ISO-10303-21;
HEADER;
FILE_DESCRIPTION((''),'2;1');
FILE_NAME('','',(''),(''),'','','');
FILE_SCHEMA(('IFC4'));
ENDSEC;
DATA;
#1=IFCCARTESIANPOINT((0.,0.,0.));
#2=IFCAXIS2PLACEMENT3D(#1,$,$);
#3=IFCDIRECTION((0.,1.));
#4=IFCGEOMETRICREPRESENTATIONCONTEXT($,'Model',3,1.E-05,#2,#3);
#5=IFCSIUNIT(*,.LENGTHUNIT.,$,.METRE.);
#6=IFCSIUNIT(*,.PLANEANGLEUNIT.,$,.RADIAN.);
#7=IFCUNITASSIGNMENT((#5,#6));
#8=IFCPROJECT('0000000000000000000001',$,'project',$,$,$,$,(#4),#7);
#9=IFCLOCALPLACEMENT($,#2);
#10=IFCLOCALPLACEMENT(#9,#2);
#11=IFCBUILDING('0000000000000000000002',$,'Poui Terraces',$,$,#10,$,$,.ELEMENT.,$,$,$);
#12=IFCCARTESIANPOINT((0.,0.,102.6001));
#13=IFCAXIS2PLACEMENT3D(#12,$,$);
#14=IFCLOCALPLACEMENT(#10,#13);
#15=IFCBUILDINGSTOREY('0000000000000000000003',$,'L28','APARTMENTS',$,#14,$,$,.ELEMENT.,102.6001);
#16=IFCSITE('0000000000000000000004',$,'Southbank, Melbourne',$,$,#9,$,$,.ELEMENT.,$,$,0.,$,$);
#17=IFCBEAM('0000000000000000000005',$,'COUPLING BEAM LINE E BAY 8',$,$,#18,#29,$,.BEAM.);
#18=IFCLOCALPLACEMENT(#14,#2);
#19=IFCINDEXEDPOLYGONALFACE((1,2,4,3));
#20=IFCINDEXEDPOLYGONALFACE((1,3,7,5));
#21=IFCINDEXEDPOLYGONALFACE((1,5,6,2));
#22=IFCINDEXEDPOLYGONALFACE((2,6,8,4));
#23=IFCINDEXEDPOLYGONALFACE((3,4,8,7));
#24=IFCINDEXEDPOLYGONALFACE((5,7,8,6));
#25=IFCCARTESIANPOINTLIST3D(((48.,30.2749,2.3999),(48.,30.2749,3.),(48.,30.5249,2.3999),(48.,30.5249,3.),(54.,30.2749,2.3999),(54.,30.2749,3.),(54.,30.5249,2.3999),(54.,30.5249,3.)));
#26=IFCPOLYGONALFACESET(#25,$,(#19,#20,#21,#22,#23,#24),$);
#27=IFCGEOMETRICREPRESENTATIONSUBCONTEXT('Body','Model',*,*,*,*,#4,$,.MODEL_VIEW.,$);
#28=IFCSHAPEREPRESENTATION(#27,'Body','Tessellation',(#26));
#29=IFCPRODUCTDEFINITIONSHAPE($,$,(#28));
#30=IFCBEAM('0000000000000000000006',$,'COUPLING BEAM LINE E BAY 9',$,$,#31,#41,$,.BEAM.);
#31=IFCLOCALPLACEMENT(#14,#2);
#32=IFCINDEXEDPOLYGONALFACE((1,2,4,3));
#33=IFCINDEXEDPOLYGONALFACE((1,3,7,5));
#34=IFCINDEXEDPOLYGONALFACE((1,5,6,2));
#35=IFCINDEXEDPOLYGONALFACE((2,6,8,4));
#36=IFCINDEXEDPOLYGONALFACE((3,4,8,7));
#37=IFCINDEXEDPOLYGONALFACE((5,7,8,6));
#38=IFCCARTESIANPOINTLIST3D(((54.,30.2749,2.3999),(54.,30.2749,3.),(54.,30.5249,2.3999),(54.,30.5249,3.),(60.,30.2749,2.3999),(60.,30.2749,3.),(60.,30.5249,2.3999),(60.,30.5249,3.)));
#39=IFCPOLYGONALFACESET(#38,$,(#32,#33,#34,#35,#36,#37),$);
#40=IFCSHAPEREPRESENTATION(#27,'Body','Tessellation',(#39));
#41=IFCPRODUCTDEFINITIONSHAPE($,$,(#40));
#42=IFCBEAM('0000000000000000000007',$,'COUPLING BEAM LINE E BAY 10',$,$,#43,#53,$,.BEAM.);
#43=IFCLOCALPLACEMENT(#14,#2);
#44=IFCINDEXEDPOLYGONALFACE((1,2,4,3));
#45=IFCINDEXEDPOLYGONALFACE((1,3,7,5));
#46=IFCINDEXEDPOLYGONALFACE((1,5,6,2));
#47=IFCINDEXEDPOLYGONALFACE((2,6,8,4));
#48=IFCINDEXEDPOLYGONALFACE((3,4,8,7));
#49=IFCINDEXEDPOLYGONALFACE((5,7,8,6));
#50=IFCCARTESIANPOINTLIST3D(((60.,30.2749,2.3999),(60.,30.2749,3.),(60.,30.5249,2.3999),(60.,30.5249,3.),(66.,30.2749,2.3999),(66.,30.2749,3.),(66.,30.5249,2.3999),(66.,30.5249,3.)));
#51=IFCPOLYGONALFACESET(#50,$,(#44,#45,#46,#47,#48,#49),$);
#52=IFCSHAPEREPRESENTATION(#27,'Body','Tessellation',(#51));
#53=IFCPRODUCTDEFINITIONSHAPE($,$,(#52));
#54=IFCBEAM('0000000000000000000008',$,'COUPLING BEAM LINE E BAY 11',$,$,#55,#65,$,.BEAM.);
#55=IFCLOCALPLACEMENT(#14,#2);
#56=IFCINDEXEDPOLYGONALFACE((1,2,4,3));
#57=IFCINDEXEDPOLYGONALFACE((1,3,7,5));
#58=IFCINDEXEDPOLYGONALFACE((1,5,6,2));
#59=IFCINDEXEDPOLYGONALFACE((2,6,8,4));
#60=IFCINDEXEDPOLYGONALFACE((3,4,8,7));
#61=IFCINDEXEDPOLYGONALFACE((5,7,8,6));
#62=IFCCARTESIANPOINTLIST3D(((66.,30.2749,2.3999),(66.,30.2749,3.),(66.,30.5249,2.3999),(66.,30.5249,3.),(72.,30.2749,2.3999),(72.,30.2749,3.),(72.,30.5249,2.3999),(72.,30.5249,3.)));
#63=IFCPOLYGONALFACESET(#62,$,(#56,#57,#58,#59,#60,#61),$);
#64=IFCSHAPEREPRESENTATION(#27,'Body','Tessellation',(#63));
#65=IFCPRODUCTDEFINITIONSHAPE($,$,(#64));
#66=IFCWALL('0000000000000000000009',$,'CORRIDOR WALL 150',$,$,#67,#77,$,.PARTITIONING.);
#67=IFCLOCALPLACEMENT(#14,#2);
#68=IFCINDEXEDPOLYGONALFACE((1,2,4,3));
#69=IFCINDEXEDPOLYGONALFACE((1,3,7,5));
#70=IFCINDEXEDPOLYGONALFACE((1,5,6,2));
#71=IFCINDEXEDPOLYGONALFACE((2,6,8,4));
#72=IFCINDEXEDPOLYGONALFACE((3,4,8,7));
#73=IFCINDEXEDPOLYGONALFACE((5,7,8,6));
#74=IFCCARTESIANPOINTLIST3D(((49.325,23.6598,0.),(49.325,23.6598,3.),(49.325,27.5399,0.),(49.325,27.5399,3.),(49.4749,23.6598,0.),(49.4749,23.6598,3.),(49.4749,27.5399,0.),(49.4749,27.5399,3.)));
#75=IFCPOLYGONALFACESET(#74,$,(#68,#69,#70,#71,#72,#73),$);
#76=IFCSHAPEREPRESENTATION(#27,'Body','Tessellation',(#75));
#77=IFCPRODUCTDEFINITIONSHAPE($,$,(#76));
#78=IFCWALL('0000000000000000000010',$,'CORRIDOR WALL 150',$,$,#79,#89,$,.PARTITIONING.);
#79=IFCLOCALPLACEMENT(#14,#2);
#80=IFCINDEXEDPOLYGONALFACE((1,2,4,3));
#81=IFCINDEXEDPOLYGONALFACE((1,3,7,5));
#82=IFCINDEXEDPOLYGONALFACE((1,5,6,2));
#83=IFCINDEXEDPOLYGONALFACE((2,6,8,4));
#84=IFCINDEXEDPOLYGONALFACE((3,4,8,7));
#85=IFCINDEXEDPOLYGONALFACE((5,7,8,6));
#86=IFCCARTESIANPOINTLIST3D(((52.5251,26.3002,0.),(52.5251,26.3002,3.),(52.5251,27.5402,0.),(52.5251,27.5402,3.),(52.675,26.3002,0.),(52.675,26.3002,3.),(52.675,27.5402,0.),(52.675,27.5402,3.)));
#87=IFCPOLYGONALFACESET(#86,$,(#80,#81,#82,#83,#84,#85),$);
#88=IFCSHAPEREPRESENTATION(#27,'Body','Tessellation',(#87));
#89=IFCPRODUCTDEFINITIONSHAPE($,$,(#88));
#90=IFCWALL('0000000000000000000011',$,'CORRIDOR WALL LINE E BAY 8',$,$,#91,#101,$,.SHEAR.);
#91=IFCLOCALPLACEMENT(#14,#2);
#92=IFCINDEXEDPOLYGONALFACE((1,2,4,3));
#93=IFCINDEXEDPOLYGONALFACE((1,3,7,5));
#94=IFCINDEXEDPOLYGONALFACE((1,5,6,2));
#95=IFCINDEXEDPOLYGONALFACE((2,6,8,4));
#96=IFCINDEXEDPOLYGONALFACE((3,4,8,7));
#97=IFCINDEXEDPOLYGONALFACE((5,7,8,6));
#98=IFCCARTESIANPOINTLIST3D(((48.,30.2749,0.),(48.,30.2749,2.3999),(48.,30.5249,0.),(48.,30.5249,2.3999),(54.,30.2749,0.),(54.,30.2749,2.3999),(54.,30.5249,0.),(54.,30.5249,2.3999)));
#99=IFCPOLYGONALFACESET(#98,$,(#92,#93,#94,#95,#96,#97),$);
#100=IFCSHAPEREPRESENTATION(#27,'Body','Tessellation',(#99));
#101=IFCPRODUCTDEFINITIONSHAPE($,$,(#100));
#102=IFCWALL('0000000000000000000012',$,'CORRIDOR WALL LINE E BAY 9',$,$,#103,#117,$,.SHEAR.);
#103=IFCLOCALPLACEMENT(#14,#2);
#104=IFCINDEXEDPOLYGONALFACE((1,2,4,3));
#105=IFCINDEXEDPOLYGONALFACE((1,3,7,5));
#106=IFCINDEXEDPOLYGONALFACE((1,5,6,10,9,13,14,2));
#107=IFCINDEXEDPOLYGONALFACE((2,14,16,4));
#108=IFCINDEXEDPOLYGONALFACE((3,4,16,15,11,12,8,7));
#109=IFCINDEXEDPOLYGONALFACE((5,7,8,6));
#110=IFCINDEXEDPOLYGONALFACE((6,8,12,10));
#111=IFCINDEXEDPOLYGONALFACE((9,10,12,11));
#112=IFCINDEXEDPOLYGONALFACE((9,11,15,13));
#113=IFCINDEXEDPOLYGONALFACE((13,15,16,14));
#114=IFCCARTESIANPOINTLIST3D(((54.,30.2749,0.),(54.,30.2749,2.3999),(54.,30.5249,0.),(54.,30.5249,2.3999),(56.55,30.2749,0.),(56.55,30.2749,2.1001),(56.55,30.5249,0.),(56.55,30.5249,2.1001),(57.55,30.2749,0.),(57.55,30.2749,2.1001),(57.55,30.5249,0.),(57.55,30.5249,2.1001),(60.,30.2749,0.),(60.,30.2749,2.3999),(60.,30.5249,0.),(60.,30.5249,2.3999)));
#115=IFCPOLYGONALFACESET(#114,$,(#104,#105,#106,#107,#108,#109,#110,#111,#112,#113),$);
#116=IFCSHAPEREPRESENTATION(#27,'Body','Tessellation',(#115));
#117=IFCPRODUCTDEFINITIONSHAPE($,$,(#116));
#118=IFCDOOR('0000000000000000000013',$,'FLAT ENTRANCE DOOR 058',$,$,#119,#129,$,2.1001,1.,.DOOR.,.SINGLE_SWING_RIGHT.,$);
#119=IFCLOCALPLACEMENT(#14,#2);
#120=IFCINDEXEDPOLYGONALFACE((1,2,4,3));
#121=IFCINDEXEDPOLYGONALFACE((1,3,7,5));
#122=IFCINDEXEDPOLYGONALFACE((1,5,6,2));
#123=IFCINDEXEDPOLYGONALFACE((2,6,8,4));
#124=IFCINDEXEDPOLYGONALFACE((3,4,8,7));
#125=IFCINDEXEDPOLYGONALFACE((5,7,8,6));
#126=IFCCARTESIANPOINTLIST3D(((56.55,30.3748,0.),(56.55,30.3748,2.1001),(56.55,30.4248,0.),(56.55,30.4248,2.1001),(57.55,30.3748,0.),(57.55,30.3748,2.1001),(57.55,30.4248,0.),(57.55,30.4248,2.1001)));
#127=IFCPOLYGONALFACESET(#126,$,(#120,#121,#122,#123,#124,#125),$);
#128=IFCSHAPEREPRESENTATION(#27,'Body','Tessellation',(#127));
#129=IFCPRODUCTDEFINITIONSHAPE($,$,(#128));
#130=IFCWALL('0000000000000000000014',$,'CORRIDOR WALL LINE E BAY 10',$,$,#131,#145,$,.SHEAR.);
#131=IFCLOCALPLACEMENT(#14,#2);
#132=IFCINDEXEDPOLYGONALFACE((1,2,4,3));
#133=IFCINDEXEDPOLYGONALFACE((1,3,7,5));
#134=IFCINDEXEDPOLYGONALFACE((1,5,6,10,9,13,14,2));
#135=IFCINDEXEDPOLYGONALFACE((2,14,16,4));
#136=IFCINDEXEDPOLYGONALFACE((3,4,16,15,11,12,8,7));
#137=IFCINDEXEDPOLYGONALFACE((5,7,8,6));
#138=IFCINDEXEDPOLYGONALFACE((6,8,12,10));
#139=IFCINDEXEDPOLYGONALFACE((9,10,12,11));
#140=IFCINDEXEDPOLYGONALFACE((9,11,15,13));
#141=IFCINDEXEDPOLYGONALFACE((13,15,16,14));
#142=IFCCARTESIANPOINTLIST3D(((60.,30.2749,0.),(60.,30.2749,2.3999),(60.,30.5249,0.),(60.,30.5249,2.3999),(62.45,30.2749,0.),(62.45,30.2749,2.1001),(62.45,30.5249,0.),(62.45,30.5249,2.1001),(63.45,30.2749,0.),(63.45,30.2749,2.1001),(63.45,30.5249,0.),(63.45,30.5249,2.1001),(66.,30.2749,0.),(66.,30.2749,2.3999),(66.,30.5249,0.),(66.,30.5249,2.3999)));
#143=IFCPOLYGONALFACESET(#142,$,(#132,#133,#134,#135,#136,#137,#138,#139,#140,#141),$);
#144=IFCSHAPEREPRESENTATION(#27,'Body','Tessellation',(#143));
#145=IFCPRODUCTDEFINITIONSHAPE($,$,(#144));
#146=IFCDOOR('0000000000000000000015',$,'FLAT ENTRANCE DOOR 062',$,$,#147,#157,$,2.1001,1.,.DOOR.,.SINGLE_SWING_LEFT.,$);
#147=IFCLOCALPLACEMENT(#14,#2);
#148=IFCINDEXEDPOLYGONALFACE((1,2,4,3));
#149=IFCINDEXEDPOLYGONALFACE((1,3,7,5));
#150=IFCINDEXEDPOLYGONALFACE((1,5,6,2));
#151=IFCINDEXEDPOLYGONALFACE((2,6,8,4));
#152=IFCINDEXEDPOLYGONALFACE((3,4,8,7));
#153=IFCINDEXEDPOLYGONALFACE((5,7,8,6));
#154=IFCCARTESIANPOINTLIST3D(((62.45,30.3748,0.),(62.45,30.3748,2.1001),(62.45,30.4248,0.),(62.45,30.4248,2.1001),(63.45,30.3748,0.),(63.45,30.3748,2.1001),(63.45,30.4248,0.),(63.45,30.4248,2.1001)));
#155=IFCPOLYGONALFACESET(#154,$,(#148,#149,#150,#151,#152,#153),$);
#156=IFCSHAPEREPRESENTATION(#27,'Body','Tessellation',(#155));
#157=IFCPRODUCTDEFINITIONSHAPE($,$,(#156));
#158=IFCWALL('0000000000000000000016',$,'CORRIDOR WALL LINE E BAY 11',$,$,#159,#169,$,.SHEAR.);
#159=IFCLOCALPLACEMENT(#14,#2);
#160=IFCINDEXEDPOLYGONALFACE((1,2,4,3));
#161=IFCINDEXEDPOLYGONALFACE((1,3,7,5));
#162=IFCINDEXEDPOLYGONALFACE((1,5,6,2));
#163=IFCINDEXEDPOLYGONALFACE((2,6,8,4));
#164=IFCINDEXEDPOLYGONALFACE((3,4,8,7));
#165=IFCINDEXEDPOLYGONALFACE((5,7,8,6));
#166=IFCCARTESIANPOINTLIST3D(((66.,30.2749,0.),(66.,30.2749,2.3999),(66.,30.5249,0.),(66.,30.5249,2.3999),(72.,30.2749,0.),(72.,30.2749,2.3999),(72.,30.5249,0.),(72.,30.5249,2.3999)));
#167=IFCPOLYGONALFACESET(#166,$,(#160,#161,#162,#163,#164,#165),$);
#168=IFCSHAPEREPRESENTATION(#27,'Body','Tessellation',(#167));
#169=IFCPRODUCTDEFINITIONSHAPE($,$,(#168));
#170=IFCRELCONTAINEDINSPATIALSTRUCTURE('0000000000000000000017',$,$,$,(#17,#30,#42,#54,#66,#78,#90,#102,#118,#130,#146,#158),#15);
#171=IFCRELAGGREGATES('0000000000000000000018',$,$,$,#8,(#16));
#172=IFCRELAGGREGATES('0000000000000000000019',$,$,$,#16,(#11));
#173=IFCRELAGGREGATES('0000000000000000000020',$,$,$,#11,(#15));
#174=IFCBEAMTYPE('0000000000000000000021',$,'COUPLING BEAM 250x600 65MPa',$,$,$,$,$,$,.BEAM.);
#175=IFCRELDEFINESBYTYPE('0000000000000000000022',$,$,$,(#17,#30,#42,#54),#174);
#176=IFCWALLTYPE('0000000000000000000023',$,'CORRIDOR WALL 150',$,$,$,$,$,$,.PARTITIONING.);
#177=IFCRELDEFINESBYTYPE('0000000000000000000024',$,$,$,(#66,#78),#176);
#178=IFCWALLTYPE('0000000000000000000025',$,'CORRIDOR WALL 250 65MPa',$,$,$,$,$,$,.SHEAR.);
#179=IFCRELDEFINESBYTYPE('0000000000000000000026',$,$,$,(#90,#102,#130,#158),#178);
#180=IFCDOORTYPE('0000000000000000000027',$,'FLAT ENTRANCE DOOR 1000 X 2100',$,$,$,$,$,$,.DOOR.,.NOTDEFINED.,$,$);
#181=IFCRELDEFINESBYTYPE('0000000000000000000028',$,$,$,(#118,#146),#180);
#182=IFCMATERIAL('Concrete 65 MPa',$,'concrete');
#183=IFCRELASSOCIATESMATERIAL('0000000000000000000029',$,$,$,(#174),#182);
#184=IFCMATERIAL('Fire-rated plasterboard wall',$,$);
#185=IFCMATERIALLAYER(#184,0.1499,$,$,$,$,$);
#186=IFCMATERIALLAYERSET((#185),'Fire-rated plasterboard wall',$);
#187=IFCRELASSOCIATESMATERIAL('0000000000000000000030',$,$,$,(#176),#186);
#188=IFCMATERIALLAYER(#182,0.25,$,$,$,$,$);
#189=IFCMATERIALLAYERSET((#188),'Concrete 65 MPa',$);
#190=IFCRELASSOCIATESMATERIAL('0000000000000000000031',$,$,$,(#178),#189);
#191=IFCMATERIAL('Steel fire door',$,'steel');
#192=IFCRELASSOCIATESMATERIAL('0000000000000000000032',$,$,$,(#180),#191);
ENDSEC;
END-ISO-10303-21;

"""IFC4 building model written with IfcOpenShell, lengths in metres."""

from ifc_helpers import new_model, si_unit, direction, frame, frame_2d, origin, origin_2d, place, context, subcontext, project, spatial, rectangle, extrude, source, transform, mapped, material, layer, layer_set, material_profile, profile_set, type_object, element, fill, save


model = new_model("IFC4")

# Units and contexts
model_context = context("Model", 3, precision=1e-05, world=origin(), true_north=direction((0.0, 1.0)))
body_context = subcontext(model_context, "Body", "Model", "MODEL_VIEW")
ifc_project = project(units=[si_unit("LENGTHUNIT", "METRE"), si_unit("PLANEANGLEUNIT", "RADIAN")], contexts=[model_context])

# Site, building, storey
site_placement = place(None, origin())
site = spatial("IfcSite", under=ifc_project, at=site_placement, Name="Southbank, Melbourne", CompositionType="ELEMENT", RefElevation=0.0)
building_placement = place(site_placement, origin())
building = spatial("IfcBuilding", under=site, at=building_placement, Name="Poui Terraces", CompositionType="ELEMENT")
storey_placement = place(building_placement, frame((0.0, 0.0, 102.6001)))
storey = spatial("IfcBuildingStorey", under=building, at=storey_placement, Name="L28", Description="APARTMENTS", CompositionType="ELEMENT", Elevation=102.6001)

# Beams
ifc_material_1 = material(Name="Concrete 65 MPa", Category="concrete")
ifc_material_profile = material_profile(ifc_material_1, rectangle(XDim=0.25, YDim=0.6001, at=origin_2d()), Name="RC 250x600")
ifc_profile_set = profile_set([ifc_material_profile], Name="Concrete 65 MPa")
beam_type = type_object("IfcBeamType", Name="COUPLING BEAM 250x600 65MPa", PredefinedType="BEAM", material=ifc_profile_set)
shared_shape = source(origin(), body_context, "Body", "SweptSolid", [
    extrude(rectangle(XDim=0.25, YDim=0.6001, at=origin_2d()), origin(), (0.0, 0.0, 1.0), 6.0),
])
for number, where, z_axis, x_axis, name in (
    (1, (48.0, 30.3999, 2.7), (1.0, 0.0, 0.0), (0.0, 1.0, 0.0), "COUPLING BEAM LINE E BAY 8"),
    (2, (54.0, 30.3999, 2.7), (1.0, 0.0, 0.0), (0.0, 1.0, 0.0), "COUPLING BEAM LINE E BAY 9"),
    (3, (60.0, 30.3999, 2.7), (1.0, 0.0, 0.0), (0.0, 1.0, 0.0), "COUPLING BEAM LINE E BAY 10"),
    (4, (66.0, 30.3999, 2.7), (1.0, 0.0, 0.0), (0.0, 1.0, 0.0), "COUPLING BEAM LINE E BAY 11"),
):
    element("IfcBeam", number, at=place(storey_placement, frame(where, z_axis=z_axis, x_axis=x_axis)), inside=storey, type_object=beam_type, Name=name, PredefinedType="BEAM", context=body_context, shape_type="MappedRepresentation", body=[
        mapped(shared_shape, transform((0.0, 0.0, 0.0))),
    ])

# Walls
ifc_material_2 = material(Name="Fire-rated plasterboard wall")
ifc_layer_1 = layer(ifc_material_2, 0.1499)
ifc_layer_set_1 = layer_set([ifc_layer_1], Name="Fire-rated plasterboard wall")
wall_type_1 = type_object("IfcWallType", Name="CORRIDOR WALL 150", PredefinedType="PARTITIONING", material=ifc_layer_set_1)
wall_1_placement = place(storey_placement, frame((49.3999, 23.6599, 0.0), z_axis=(0.0, 0.0, 1.0), x_axis=(0.0, 1.0, 0.0)))
element("IfcWall", 5, at=wall_1_placement, inside=storey, type_object=wall_type_1, Name="CORRIDOR WALL 150", PredefinedType="PARTITIONING", context=body_context, shape_type="SweptSolid", body=[
    extrude(rectangle(XDim=3.8801, YDim=0.1499, at=frame_2d((1.9399, 0.0))), origin(), (0.0, 0.0, 1.0), 3.0),
])
wall_2_placement = place(storey_placement, frame((52.6001, 26.3, 0.0), z_axis=(0.0, 0.0, 1.0), x_axis=(0.0, 1.0, 0.0)))
element("IfcWall", 6, at=wall_2_placement, inside=storey, type_object=wall_type_1, Name="CORRIDOR WALL 150", PredefinedType="PARTITIONING", context=body_context, shape_type="SweptSolid", body=[
    extrude(rectangle(XDim=1.24, YDim=0.1499, at=frame_2d((0.6201, 0.0))), origin(), (0.0, 0.0, 1.0), 3.0),
])
ifc_layer_2 = layer(ifc_material_1, 0.25)
ifc_layer_set_2 = layer_set([ifc_layer_2], Name="Concrete 65 MPa")
wall_type_2 = type_object("IfcWallType", Name="CORRIDOR WALL 250 65MPa", PredefinedType="SHEAR", material=ifc_layer_set_2)
wall_3_placement = place(storey_placement, frame((48.0, 30.3999, 0.0), z_axis=(0.0, 0.0, 1.0), x_axis=(1.0, 0.0, 0.0)))
element("IfcWall", 7, at=wall_3_placement, inside=storey, type_object=wall_type_2, Name="CORRIDOR WALL LINE E BAY 8", PredefinedType="SHEAR", context=body_context, shape_type="SweptSolid", body=[
    extrude(rectangle(XDim=6.0, YDim=0.25, at=frame_2d((3.0, 0.0))), origin(), (0.0, 0.0, 1.0), 2.3999),
])

# Walls, openings, doors
wall_4_placement = place(storey_placement, frame((54.0, 30.3999, 0.0), z_axis=(0.0, 0.0, 1.0), x_axis=(1.0, 0.0, 0.0)))
wall_4 = element("IfcWall", 8, at=wall_4_placement, inside=storey, type_object=wall_type_2, Name="CORRIDOR WALL LINE E BAY 9", PredefinedType="SHEAR", context=body_context, shape_type="SweptSolid", body=[
    extrude(rectangle(XDim=6.0, YDim=0.25, at=frame_2d((3.0, 0.0))), origin(), (0.0, 0.0, 1.0), 2.3999),
])
opening_1_placement = place(wall_4_placement, frame((2.55, 0.0, 0.0)))
opening_1 = element("IfcOpeningElement", 9, at=opening_1_placement, cuts=wall_4, PredefinedType="OPENING", context=body_context, shape_type="SweptSolid", body=[
    extrude(rectangle(XDim=1.0, YDim=2.1001, at=frame_2d((0.5, 1.05))), frame((0.0, 0.135, 0.0), z_axis=(0.0, -1.0, 0.0), x_axis=(1.0, 0.0, 0.0)), (0.0, 0.0, 1.0), 0.27),
])
ifc_material_3 = material(Name="Steel fire door", Category="steel")
door_type_1 = type_object("IfcDoorType", Name="FLAT ENTRANCE DOOR 1000 X 2100", OperationType="NOTDEFINED", PredefinedType="DOOR", material=ifc_material_3)
door_1_placement = place(opening_1_placement, origin())
door_1 = element("IfcDoor", 10, at=door_1_placement, inside=storey, type_object=door_type_1, Name="FLAT ENTRANCE DOOR 058", OperationType="SINGLE_SWING_RIGHT", OverallHeight=2.1001, OverallWidth=1.0, PredefinedType="DOOR", context=body_context, shape_type="SweptSolid", body=[
    extrude(rectangle(XDim=1.0, YDim=2.1001, at=frame_2d((0.5, 1.05))), frame((0.0, 0.0249, 0.0), z_axis=(0.0, -1.0, 0.0), x_axis=(1.0, 0.0, 0.0)), (0.0, 0.0, 1.0), 0.05),
])
fill(opening_1, door_1)
wall_5_placement = place(storey_placement, frame((60.0, 30.3999, 0.0), z_axis=(0.0, 0.0, 1.0), x_axis=(1.0, 0.0, 0.0)))
wall_5 = element("IfcWall", 11, at=wall_5_placement, inside=storey, type_object=wall_type_2, Name="CORRIDOR WALL LINE E BAY 10", PredefinedType="SHEAR", context=body_context, shape_type="SweptSolid", body=[
    extrude(rectangle(XDim=6.0, YDim=0.25, at=frame_2d((3.0, 0.0))), origin(), (0.0, 0.0, 1.0), 2.3999),
])
opening_2_placement = place(wall_5_placement, frame((2.45, 0.0, 0.0)))
opening_2 = element("IfcOpeningElement", 12, at=opening_2_placement, cuts=wall_5, PredefinedType="OPENING", context=body_context, shape_type="SweptSolid", body=[
    extrude(rectangle(XDim=1.0, YDim=2.1001, at=frame_2d((0.5, 1.05))), frame((0.0, 0.135, 0.0), z_axis=(0.0, -1.0, 0.0), x_axis=(1.0, 0.0, 0.0)), (0.0, 0.0, 1.0), 0.27),
])
door_2_placement = place(opening_2_placement, origin())
door_2 = element("IfcDoor", 13, at=door_2_placement, inside=storey, type_object=door_type_1, Name="FLAT ENTRANCE DOOR 062", OperationType="SINGLE_SWING_LEFT", OverallHeight=2.1001, OverallWidth=1.0, PredefinedType="DOOR", context=body_context, shape_type="SweptSolid", body=[
    extrude(rectangle(XDim=1.0, YDim=2.1001, at=frame_2d((0.5, 1.05))), frame((0.0, 0.0249, 0.0), z_axis=(0.0, -1.0, 0.0), x_axis=(1.0, 0.0, 0.0)), (0.0, 0.0, 1.0), 0.05),
])
fill(opening_2, door_2)

# Wall
wall_6_placement = place(storey_placement, frame((66.0, 30.3999, 0.0), z_axis=(0.0, 0.0, 1.0), x_axis=(1.0, 0.0, 0.0)))
element("IfcWall", 14, at=wall_6_placement, inside=storey, type_object=wall_type_2, Name="CORRIDOR WALL LINE E BAY 11", PredefinedType="SHEAR", context=body_context, shape_type="SweptSolid", body=[
    extrude(rectangle(XDim=6.0, YDim=0.25, at=frame_2d((3.0, 0.0))), origin(), (0.0, 0.0, 1.0), 2.3999),
])

save(model, "model.ifc")
